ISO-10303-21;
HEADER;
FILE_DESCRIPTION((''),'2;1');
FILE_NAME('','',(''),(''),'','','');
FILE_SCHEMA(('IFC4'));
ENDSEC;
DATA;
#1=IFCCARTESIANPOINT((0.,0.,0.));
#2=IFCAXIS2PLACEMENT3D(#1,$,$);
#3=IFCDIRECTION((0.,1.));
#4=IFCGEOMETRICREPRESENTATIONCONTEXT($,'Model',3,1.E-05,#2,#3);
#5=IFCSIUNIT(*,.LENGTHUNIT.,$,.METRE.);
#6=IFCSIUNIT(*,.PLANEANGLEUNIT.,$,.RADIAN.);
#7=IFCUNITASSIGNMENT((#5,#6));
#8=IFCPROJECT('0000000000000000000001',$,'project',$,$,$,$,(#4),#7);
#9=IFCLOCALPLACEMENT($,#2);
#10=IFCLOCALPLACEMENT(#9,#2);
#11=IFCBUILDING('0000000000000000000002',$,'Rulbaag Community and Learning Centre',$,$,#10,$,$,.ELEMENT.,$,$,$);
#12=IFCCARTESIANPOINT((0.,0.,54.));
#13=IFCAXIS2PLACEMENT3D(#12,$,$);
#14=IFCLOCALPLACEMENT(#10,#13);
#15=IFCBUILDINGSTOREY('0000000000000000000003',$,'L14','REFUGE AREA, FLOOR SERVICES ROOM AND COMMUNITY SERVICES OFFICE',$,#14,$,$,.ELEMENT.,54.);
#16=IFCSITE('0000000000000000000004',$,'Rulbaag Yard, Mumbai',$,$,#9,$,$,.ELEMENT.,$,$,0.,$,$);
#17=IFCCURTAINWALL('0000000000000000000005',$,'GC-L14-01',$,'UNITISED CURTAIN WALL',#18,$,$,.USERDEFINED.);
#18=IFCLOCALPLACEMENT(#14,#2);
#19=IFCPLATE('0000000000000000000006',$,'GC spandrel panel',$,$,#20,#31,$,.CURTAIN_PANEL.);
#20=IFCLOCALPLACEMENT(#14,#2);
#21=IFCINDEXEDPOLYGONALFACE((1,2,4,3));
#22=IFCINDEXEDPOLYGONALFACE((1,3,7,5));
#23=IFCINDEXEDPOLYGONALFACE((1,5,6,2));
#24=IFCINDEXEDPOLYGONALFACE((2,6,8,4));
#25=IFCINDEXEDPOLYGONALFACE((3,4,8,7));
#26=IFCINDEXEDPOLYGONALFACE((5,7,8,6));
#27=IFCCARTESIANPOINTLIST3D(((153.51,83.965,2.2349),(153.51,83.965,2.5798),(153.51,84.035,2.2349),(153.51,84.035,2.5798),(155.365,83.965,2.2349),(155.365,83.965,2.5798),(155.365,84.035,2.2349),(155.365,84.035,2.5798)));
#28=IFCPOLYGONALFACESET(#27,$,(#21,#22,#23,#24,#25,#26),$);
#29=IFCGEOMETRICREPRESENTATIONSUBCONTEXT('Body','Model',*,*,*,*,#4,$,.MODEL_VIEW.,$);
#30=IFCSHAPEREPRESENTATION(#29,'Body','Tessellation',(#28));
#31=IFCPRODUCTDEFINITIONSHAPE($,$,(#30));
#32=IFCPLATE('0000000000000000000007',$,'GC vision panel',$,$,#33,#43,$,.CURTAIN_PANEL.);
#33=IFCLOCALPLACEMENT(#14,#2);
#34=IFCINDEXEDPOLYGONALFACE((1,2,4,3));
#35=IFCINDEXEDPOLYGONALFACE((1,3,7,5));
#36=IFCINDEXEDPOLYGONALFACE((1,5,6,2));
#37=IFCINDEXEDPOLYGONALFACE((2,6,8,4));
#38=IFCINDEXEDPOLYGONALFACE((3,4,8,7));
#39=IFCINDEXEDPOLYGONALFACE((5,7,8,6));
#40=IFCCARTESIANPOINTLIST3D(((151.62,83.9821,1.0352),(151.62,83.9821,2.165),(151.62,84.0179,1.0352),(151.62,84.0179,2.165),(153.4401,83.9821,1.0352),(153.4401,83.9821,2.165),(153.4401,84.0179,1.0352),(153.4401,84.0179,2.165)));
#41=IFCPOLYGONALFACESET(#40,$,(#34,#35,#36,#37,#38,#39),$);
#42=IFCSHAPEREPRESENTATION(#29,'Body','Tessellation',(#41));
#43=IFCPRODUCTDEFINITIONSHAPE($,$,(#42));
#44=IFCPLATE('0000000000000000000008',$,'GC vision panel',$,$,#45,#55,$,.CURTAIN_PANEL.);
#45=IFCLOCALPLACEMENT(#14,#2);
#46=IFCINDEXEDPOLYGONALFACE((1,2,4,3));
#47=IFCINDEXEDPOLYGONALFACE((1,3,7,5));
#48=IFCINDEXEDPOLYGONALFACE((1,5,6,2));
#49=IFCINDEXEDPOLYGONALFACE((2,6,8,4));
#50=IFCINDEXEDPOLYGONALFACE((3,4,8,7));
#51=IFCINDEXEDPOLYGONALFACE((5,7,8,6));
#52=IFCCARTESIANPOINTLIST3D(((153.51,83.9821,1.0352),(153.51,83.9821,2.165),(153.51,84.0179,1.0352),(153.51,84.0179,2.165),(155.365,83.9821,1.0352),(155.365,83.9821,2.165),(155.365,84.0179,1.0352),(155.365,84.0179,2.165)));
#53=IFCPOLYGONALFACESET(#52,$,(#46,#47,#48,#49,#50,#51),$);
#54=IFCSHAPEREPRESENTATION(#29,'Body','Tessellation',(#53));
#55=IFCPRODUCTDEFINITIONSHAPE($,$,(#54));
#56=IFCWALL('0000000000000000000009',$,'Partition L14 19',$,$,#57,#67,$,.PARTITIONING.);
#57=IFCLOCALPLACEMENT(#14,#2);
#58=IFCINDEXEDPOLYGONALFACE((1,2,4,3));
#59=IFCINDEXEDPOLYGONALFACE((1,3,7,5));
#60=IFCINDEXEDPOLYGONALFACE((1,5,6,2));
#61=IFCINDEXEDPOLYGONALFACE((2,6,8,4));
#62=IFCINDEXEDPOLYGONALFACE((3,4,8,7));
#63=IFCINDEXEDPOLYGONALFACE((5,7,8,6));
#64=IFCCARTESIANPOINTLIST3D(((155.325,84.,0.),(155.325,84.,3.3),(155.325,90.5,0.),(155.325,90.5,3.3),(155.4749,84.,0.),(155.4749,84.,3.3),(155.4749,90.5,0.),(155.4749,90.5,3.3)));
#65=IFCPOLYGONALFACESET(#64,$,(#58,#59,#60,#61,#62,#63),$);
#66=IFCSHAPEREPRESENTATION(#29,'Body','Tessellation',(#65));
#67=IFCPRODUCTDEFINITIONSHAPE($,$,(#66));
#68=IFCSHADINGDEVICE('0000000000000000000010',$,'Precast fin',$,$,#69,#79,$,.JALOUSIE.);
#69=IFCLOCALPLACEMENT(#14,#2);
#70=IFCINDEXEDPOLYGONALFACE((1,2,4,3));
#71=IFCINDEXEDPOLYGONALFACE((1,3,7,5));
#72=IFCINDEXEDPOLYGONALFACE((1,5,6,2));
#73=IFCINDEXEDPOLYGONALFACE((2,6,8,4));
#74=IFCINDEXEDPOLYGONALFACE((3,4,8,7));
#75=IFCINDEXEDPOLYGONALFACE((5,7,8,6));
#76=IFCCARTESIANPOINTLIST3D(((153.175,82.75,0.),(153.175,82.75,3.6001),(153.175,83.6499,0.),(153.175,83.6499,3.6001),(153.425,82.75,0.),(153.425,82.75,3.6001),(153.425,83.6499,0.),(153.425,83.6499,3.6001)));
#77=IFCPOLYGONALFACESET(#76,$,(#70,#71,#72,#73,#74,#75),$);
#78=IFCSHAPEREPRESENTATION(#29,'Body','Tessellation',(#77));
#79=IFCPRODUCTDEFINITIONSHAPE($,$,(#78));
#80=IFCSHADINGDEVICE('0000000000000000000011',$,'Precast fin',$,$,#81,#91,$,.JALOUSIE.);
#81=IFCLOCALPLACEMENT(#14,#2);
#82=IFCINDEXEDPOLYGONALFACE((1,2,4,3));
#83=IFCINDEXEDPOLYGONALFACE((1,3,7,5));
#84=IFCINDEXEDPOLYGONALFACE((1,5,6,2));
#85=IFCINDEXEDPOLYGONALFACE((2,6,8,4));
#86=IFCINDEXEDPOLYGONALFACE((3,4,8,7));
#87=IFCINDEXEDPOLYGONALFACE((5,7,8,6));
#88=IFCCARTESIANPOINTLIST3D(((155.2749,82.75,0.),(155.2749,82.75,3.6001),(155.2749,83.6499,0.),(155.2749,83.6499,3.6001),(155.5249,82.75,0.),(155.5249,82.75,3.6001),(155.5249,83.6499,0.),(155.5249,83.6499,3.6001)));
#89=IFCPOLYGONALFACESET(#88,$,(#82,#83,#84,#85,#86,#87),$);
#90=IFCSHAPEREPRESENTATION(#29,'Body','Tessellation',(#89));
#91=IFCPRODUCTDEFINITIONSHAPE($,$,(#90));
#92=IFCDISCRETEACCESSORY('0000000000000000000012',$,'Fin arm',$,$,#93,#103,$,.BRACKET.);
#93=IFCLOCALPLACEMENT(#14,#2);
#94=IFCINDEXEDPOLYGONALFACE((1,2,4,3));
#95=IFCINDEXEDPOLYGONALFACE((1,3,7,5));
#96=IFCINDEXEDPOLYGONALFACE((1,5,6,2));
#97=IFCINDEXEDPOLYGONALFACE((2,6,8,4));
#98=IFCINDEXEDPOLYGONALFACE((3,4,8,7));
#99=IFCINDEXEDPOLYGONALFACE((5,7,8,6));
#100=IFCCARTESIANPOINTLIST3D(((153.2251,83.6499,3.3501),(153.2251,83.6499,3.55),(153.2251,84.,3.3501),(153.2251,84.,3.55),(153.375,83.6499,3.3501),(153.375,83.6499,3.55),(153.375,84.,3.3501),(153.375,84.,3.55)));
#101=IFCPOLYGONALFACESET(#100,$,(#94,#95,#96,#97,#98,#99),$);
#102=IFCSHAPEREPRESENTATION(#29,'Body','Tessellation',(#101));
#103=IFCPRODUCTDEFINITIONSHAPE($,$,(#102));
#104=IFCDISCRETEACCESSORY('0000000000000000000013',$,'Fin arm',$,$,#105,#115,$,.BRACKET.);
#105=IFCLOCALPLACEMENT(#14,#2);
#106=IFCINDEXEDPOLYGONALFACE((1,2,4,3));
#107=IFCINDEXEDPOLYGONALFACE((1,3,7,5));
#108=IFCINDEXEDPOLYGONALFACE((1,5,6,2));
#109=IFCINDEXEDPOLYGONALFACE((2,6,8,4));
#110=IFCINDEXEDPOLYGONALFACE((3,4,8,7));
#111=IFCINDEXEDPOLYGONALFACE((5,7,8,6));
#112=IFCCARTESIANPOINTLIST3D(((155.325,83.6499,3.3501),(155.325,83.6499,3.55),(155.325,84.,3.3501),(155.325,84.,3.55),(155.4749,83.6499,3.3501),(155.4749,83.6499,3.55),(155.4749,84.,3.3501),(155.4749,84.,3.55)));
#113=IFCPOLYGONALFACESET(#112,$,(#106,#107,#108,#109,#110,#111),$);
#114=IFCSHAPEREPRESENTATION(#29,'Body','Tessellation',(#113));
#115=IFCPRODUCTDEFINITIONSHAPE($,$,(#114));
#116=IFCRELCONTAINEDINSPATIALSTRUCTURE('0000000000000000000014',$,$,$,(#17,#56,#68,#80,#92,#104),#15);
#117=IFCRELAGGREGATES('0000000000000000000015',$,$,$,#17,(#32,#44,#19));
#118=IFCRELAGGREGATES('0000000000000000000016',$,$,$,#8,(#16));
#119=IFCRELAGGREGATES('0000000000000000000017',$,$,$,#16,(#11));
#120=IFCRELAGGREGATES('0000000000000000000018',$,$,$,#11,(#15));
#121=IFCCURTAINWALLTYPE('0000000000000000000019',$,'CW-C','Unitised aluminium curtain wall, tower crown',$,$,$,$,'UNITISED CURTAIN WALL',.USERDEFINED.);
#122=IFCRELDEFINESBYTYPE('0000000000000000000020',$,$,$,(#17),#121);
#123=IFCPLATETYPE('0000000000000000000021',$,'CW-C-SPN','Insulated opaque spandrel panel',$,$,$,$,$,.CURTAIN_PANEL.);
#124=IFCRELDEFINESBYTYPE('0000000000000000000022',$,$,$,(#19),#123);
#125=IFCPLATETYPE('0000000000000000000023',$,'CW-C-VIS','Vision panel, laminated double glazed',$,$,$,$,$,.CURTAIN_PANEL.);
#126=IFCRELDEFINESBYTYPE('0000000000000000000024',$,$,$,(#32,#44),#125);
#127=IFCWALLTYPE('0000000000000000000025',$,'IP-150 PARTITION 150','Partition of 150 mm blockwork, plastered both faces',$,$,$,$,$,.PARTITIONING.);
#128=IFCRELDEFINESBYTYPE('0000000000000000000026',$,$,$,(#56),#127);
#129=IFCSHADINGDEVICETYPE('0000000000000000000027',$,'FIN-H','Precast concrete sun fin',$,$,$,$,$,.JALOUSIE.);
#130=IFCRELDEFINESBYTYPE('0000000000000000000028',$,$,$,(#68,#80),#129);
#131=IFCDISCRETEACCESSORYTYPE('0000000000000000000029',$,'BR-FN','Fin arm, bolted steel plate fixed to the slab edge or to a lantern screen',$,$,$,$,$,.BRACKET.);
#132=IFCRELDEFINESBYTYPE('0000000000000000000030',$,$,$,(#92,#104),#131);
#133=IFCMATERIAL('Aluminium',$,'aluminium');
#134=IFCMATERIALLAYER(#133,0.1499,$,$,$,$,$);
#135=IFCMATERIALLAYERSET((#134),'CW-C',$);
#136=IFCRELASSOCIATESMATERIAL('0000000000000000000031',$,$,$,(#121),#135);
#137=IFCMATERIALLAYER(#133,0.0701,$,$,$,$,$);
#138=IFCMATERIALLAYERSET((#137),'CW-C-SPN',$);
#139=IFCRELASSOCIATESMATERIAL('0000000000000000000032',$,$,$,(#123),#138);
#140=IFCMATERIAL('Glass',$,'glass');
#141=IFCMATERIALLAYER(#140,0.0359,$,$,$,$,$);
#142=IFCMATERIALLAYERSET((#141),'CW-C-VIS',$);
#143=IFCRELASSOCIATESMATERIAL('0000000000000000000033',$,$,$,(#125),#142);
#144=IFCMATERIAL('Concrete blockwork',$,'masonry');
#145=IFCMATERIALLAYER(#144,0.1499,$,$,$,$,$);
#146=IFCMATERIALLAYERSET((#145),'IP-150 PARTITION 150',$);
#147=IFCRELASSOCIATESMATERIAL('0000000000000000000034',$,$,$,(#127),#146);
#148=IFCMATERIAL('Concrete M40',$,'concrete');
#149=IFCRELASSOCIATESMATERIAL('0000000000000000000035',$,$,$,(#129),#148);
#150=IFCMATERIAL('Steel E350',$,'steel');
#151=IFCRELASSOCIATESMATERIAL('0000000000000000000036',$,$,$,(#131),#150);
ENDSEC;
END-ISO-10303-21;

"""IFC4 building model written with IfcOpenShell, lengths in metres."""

from ifc_helpers import new_model, si_unit, direction, frame, frame_2d, origin, origin_2d, place, context, subcontext, project, spatial, rectangle, extrude, material, layer, layer_set, material_profile, profile_set, type_object, element, aggregate, save


model = new_model("IFC4")

# Units and contexts
model_context = context("Model", 3, precision=1e-05, world=origin(), true_north=direction((0.0, 1.0)))
body_context = subcontext(model_context, "Body", "Model", "MODEL_VIEW")
ifc_project = project(units=[si_unit("LENGTHUNIT", "METRE"), si_unit("PLANEANGLEUNIT", "RADIAN")], contexts=[model_context])

# Site, building, storey
site_placement = place(None, origin())
site = spatial("IfcSite", under=ifc_project, at=site_placement, Name="Rulbaag Yard, Mumbai", CompositionType="ELEMENT", RefElevation=0.0)
building_placement = place(site_placement, origin())
building = spatial("IfcBuilding", under=site, at=building_placement, Name="Rulbaag Community and Learning Centre", CompositionType="ELEMENT")
storey_placement = place(building_placement, frame((0.0, 0.0, 54.0)))
storey = spatial("IfcBuildingStorey", under=building, at=storey_placement, Name="L14", Description="REFUGE AREA, FLOOR SERVICES ROOM AND COMMUNITY SERVICES OFFICE", CompositionType="ELEMENT", Elevation=54.0)

# Curtain wall, plates
ifc_material_1 = material(Name="Aluminium", Category="aluminium")
ifc_layer_1 = layer(ifc_material_1, 0.1499)
ifc_layer_set_1 = layer_set([ifc_layer_1], Name="CW-C")
curtain_wall_type = type_object("IfcCurtainWallType", Name="CW-C", Description="Unitised aluminium curtain wall, tower crown", ElementType="UNITISED CURTAIN WALL", PredefinedType="USERDEFINED", material=ifc_layer_set_1)
curtain_wall_placement = place(storey_placement, origin())
curtain_wall = element("IfcCurtainWall", 1, at=curtain_wall_placement, inside=storey, type_object=curtain_wall_type, Name="GC-L14-01", ObjectType="UNITISED CURTAIN WALL", PredefinedType="USERDEFINED")
ifc_layer_2 = layer(ifc_material_1, 0.0701)
ifc_layer_set_2 = layer_set([ifc_layer_2], Name="CW-C-SPN")
plate_type_1 = type_object("IfcPlateType", Name="CW-C-SPN", Description="Insulated opaque spandrel panel", PredefinedType="CURTAIN_PANEL", material=ifc_layer_set_2)
plate_1_placement = place(storey_placement, frame((154.4375, 84.0, 2.2349), z_axis=(0.0, 0.0, 1.0), x_axis=(1.0, 0.0, 0.0)))
plate_1 = element("IfcPlate", 2, at=plate_1_placement, type_object=plate_type_1, Name="GC spandrel panel", PredefinedType="CURTAIN_PANEL", context=body_context, shape_type="SweptSolid", body=[
    extrude(rectangle(XDim=1.855, YDim=0.0701, at=origin_2d()), origin(), (0.0, 0.0, 1.0), 0.345),
])
ifc_material_2 = material(Name="Glass", Category="glass")
ifc_layer_3 = layer(ifc_material_2, 0.0359)
ifc_layer_set_3 = layer_set([ifc_layer_3], Name="CW-C-VIS")
plate_type_2 = type_object("IfcPlateType", Name="CW-C-VIS", Description="Vision panel, laminated double glazed", PredefinedType="CURTAIN_PANEL", material=ifc_layer_set_3)
plate_2_placement = place(storey_placement, frame((152.53, 84.0, 1.0352), z_axis=(0.0, 0.0, 1.0), x_axis=(1.0, 0.0, 0.0)))
plate_2 = element("IfcPlate", 3, at=plate_2_placement, type_object=plate_type_2, Name="GC vision panel", PredefinedType="CURTAIN_PANEL", context=body_context, shape_type="SweptSolid", body=[
    extrude(rectangle(XDim=1.8201, YDim=0.0359, at=origin_2d()), origin(), (0.0, 0.0, 1.0), 1.1299),
])
plate_3_placement = place(storey_placement, frame((154.4375, 84.0, 1.0352), z_axis=(0.0, 0.0, 1.0), x_axis=(1.0, 0.0, 0.0)))
plate_3 = element("IfcPlate", 4, at=plate_3_placement, type_object=plate_type_2, Name="GC vision panel", PredefinedType="CURTAIN_PANEL", context=body_context, shape_type="SweptSolid", body=[
    extrude(rectangle(XDim=1.855, YDim=0.0359, at=origin_2d()), origin(), (0.0, 0.0, 1.0), 1.1299),
])
aggregate(curtain_wall, [plate_2, plate_3, plate_1])

# Wall
ifc_material_3 = material(Name="Concrete blockwork", Category="masonry")
ifc_layer_4 = layer(ifc_material_3, 0.1499)
ifc_layer_set_4 = layer_set([ifc_layer_4], Name="IP-150 PARTITION 150")
wall_type = type_object("IfcWallType", Name="IP-150 PARTITION 150", Description="Partition of 150 mm blockwork, plastered both faces", PredefinedType="PARTITIONING", material=ifc_layer_set_4)
wall_placement = place(storey_placement, frame((155.3999, 84.0, 0.0), z_axis=(0.0, 0.0, 1.0), x_axis=(0.0, 1.0, 0.0)))
element("IfcWall", 5, at=wall_placement, inside=storey, type_object=wall_type, Name="Partition L14 19", PredefinedType="PARTITIONING", context=body_context, shape_type="SweptSolid", body=[
    extrude(rectangle(XDim=6.5, YDim=0.1499, at=frame_2d((3.25, 0.0))), origin(), (0.0, 0.0, 1.0), 3.3),
])

# Shading devices
ifc_material_4 = material(Name="Concrete M40", Category="concrete")
ifc_material_profile_1 = material_profile(ifc_material_4, rectangle(XDim=0.25, YDim=0.8999, at=origin_2d()), Name="PC 250x900")
ifc_profile_set_1 = profile_set([ifc_material_profile_1], Name="Concrete M40")
shading_device_type_1 = type_object("IfcShadingDeviceType", Name="FIN-H", Description="Precast concrete sun fin", PredefinedType="JALOUSIE", material=ifc_profile_set_1)
for number, where, z_axis, x_axis, name in (
    (6, (153.3, 83.2, 0.0), (0.0, 0.0, 1.0), (1.0, 0.0, 0.0), "Precast fin"),
    (7, (155.3999, 83.2, 0.0), (0.0, 0.0, 1.0), (1.0, 0.0, 0.0), "Precast fin"),
):
    element("IfcShadingDevice", number, at=place(storey_placement, frame(where, z_axis=z_axis, x_axis=x_axis)), inside=storey, type_object=shading_device_type_1, Name=name, PredefinedType="JALOUSIE", context=body_context, shape_type="SweptSolid", body=[
        extrude(rectangle(XDim=0.25, YDim=0.8999, at=origin_2d()), origin(), (0.0, 0.0, 1.0), 3.6001),
    ])

# Discrete accessories
ifc_material_5 = material(Name="Steel E350", Category="steel")
discrete_accessory_type = type_object("IfcDiscreteAccessoryType", Name="BR-FN", Description="Fin arm, bolted steel plate fixed to the slab edge or to a lantern screen", PredefinedType="BRACKET", material=ifc_material_5)
for number, where, z_axis, x_axis, name in (
    (8, (153.3, 83.825, 3.3501), (0.0, 0.0, 1.0), (1.0, 0.0, 0.0), "Fin arm"),
    (9, (155.3999, 83.825, 3.3501), (0.0, 0.0, 1.0), (1.0, 0.0, 0.0), "Fin arm"),
):
    element("IfcDiscreteAccessory", number, at=place(storey_placement, frame(where, z_axis=z_axis, x_axis=x_axis)), inside=storey, type_object=discrete_accessory_type, Name=name, PredefinedType="BRACKET", context=body_context, shape_type="SweptSolid", body=[
        extrude(rectangle(XDim=0.1499, YDim=0.3501, at=origin_2d()), origin(), (0.0, 0.0, 1.0), 0.2),
    ])

save(model, "model.ifc")
